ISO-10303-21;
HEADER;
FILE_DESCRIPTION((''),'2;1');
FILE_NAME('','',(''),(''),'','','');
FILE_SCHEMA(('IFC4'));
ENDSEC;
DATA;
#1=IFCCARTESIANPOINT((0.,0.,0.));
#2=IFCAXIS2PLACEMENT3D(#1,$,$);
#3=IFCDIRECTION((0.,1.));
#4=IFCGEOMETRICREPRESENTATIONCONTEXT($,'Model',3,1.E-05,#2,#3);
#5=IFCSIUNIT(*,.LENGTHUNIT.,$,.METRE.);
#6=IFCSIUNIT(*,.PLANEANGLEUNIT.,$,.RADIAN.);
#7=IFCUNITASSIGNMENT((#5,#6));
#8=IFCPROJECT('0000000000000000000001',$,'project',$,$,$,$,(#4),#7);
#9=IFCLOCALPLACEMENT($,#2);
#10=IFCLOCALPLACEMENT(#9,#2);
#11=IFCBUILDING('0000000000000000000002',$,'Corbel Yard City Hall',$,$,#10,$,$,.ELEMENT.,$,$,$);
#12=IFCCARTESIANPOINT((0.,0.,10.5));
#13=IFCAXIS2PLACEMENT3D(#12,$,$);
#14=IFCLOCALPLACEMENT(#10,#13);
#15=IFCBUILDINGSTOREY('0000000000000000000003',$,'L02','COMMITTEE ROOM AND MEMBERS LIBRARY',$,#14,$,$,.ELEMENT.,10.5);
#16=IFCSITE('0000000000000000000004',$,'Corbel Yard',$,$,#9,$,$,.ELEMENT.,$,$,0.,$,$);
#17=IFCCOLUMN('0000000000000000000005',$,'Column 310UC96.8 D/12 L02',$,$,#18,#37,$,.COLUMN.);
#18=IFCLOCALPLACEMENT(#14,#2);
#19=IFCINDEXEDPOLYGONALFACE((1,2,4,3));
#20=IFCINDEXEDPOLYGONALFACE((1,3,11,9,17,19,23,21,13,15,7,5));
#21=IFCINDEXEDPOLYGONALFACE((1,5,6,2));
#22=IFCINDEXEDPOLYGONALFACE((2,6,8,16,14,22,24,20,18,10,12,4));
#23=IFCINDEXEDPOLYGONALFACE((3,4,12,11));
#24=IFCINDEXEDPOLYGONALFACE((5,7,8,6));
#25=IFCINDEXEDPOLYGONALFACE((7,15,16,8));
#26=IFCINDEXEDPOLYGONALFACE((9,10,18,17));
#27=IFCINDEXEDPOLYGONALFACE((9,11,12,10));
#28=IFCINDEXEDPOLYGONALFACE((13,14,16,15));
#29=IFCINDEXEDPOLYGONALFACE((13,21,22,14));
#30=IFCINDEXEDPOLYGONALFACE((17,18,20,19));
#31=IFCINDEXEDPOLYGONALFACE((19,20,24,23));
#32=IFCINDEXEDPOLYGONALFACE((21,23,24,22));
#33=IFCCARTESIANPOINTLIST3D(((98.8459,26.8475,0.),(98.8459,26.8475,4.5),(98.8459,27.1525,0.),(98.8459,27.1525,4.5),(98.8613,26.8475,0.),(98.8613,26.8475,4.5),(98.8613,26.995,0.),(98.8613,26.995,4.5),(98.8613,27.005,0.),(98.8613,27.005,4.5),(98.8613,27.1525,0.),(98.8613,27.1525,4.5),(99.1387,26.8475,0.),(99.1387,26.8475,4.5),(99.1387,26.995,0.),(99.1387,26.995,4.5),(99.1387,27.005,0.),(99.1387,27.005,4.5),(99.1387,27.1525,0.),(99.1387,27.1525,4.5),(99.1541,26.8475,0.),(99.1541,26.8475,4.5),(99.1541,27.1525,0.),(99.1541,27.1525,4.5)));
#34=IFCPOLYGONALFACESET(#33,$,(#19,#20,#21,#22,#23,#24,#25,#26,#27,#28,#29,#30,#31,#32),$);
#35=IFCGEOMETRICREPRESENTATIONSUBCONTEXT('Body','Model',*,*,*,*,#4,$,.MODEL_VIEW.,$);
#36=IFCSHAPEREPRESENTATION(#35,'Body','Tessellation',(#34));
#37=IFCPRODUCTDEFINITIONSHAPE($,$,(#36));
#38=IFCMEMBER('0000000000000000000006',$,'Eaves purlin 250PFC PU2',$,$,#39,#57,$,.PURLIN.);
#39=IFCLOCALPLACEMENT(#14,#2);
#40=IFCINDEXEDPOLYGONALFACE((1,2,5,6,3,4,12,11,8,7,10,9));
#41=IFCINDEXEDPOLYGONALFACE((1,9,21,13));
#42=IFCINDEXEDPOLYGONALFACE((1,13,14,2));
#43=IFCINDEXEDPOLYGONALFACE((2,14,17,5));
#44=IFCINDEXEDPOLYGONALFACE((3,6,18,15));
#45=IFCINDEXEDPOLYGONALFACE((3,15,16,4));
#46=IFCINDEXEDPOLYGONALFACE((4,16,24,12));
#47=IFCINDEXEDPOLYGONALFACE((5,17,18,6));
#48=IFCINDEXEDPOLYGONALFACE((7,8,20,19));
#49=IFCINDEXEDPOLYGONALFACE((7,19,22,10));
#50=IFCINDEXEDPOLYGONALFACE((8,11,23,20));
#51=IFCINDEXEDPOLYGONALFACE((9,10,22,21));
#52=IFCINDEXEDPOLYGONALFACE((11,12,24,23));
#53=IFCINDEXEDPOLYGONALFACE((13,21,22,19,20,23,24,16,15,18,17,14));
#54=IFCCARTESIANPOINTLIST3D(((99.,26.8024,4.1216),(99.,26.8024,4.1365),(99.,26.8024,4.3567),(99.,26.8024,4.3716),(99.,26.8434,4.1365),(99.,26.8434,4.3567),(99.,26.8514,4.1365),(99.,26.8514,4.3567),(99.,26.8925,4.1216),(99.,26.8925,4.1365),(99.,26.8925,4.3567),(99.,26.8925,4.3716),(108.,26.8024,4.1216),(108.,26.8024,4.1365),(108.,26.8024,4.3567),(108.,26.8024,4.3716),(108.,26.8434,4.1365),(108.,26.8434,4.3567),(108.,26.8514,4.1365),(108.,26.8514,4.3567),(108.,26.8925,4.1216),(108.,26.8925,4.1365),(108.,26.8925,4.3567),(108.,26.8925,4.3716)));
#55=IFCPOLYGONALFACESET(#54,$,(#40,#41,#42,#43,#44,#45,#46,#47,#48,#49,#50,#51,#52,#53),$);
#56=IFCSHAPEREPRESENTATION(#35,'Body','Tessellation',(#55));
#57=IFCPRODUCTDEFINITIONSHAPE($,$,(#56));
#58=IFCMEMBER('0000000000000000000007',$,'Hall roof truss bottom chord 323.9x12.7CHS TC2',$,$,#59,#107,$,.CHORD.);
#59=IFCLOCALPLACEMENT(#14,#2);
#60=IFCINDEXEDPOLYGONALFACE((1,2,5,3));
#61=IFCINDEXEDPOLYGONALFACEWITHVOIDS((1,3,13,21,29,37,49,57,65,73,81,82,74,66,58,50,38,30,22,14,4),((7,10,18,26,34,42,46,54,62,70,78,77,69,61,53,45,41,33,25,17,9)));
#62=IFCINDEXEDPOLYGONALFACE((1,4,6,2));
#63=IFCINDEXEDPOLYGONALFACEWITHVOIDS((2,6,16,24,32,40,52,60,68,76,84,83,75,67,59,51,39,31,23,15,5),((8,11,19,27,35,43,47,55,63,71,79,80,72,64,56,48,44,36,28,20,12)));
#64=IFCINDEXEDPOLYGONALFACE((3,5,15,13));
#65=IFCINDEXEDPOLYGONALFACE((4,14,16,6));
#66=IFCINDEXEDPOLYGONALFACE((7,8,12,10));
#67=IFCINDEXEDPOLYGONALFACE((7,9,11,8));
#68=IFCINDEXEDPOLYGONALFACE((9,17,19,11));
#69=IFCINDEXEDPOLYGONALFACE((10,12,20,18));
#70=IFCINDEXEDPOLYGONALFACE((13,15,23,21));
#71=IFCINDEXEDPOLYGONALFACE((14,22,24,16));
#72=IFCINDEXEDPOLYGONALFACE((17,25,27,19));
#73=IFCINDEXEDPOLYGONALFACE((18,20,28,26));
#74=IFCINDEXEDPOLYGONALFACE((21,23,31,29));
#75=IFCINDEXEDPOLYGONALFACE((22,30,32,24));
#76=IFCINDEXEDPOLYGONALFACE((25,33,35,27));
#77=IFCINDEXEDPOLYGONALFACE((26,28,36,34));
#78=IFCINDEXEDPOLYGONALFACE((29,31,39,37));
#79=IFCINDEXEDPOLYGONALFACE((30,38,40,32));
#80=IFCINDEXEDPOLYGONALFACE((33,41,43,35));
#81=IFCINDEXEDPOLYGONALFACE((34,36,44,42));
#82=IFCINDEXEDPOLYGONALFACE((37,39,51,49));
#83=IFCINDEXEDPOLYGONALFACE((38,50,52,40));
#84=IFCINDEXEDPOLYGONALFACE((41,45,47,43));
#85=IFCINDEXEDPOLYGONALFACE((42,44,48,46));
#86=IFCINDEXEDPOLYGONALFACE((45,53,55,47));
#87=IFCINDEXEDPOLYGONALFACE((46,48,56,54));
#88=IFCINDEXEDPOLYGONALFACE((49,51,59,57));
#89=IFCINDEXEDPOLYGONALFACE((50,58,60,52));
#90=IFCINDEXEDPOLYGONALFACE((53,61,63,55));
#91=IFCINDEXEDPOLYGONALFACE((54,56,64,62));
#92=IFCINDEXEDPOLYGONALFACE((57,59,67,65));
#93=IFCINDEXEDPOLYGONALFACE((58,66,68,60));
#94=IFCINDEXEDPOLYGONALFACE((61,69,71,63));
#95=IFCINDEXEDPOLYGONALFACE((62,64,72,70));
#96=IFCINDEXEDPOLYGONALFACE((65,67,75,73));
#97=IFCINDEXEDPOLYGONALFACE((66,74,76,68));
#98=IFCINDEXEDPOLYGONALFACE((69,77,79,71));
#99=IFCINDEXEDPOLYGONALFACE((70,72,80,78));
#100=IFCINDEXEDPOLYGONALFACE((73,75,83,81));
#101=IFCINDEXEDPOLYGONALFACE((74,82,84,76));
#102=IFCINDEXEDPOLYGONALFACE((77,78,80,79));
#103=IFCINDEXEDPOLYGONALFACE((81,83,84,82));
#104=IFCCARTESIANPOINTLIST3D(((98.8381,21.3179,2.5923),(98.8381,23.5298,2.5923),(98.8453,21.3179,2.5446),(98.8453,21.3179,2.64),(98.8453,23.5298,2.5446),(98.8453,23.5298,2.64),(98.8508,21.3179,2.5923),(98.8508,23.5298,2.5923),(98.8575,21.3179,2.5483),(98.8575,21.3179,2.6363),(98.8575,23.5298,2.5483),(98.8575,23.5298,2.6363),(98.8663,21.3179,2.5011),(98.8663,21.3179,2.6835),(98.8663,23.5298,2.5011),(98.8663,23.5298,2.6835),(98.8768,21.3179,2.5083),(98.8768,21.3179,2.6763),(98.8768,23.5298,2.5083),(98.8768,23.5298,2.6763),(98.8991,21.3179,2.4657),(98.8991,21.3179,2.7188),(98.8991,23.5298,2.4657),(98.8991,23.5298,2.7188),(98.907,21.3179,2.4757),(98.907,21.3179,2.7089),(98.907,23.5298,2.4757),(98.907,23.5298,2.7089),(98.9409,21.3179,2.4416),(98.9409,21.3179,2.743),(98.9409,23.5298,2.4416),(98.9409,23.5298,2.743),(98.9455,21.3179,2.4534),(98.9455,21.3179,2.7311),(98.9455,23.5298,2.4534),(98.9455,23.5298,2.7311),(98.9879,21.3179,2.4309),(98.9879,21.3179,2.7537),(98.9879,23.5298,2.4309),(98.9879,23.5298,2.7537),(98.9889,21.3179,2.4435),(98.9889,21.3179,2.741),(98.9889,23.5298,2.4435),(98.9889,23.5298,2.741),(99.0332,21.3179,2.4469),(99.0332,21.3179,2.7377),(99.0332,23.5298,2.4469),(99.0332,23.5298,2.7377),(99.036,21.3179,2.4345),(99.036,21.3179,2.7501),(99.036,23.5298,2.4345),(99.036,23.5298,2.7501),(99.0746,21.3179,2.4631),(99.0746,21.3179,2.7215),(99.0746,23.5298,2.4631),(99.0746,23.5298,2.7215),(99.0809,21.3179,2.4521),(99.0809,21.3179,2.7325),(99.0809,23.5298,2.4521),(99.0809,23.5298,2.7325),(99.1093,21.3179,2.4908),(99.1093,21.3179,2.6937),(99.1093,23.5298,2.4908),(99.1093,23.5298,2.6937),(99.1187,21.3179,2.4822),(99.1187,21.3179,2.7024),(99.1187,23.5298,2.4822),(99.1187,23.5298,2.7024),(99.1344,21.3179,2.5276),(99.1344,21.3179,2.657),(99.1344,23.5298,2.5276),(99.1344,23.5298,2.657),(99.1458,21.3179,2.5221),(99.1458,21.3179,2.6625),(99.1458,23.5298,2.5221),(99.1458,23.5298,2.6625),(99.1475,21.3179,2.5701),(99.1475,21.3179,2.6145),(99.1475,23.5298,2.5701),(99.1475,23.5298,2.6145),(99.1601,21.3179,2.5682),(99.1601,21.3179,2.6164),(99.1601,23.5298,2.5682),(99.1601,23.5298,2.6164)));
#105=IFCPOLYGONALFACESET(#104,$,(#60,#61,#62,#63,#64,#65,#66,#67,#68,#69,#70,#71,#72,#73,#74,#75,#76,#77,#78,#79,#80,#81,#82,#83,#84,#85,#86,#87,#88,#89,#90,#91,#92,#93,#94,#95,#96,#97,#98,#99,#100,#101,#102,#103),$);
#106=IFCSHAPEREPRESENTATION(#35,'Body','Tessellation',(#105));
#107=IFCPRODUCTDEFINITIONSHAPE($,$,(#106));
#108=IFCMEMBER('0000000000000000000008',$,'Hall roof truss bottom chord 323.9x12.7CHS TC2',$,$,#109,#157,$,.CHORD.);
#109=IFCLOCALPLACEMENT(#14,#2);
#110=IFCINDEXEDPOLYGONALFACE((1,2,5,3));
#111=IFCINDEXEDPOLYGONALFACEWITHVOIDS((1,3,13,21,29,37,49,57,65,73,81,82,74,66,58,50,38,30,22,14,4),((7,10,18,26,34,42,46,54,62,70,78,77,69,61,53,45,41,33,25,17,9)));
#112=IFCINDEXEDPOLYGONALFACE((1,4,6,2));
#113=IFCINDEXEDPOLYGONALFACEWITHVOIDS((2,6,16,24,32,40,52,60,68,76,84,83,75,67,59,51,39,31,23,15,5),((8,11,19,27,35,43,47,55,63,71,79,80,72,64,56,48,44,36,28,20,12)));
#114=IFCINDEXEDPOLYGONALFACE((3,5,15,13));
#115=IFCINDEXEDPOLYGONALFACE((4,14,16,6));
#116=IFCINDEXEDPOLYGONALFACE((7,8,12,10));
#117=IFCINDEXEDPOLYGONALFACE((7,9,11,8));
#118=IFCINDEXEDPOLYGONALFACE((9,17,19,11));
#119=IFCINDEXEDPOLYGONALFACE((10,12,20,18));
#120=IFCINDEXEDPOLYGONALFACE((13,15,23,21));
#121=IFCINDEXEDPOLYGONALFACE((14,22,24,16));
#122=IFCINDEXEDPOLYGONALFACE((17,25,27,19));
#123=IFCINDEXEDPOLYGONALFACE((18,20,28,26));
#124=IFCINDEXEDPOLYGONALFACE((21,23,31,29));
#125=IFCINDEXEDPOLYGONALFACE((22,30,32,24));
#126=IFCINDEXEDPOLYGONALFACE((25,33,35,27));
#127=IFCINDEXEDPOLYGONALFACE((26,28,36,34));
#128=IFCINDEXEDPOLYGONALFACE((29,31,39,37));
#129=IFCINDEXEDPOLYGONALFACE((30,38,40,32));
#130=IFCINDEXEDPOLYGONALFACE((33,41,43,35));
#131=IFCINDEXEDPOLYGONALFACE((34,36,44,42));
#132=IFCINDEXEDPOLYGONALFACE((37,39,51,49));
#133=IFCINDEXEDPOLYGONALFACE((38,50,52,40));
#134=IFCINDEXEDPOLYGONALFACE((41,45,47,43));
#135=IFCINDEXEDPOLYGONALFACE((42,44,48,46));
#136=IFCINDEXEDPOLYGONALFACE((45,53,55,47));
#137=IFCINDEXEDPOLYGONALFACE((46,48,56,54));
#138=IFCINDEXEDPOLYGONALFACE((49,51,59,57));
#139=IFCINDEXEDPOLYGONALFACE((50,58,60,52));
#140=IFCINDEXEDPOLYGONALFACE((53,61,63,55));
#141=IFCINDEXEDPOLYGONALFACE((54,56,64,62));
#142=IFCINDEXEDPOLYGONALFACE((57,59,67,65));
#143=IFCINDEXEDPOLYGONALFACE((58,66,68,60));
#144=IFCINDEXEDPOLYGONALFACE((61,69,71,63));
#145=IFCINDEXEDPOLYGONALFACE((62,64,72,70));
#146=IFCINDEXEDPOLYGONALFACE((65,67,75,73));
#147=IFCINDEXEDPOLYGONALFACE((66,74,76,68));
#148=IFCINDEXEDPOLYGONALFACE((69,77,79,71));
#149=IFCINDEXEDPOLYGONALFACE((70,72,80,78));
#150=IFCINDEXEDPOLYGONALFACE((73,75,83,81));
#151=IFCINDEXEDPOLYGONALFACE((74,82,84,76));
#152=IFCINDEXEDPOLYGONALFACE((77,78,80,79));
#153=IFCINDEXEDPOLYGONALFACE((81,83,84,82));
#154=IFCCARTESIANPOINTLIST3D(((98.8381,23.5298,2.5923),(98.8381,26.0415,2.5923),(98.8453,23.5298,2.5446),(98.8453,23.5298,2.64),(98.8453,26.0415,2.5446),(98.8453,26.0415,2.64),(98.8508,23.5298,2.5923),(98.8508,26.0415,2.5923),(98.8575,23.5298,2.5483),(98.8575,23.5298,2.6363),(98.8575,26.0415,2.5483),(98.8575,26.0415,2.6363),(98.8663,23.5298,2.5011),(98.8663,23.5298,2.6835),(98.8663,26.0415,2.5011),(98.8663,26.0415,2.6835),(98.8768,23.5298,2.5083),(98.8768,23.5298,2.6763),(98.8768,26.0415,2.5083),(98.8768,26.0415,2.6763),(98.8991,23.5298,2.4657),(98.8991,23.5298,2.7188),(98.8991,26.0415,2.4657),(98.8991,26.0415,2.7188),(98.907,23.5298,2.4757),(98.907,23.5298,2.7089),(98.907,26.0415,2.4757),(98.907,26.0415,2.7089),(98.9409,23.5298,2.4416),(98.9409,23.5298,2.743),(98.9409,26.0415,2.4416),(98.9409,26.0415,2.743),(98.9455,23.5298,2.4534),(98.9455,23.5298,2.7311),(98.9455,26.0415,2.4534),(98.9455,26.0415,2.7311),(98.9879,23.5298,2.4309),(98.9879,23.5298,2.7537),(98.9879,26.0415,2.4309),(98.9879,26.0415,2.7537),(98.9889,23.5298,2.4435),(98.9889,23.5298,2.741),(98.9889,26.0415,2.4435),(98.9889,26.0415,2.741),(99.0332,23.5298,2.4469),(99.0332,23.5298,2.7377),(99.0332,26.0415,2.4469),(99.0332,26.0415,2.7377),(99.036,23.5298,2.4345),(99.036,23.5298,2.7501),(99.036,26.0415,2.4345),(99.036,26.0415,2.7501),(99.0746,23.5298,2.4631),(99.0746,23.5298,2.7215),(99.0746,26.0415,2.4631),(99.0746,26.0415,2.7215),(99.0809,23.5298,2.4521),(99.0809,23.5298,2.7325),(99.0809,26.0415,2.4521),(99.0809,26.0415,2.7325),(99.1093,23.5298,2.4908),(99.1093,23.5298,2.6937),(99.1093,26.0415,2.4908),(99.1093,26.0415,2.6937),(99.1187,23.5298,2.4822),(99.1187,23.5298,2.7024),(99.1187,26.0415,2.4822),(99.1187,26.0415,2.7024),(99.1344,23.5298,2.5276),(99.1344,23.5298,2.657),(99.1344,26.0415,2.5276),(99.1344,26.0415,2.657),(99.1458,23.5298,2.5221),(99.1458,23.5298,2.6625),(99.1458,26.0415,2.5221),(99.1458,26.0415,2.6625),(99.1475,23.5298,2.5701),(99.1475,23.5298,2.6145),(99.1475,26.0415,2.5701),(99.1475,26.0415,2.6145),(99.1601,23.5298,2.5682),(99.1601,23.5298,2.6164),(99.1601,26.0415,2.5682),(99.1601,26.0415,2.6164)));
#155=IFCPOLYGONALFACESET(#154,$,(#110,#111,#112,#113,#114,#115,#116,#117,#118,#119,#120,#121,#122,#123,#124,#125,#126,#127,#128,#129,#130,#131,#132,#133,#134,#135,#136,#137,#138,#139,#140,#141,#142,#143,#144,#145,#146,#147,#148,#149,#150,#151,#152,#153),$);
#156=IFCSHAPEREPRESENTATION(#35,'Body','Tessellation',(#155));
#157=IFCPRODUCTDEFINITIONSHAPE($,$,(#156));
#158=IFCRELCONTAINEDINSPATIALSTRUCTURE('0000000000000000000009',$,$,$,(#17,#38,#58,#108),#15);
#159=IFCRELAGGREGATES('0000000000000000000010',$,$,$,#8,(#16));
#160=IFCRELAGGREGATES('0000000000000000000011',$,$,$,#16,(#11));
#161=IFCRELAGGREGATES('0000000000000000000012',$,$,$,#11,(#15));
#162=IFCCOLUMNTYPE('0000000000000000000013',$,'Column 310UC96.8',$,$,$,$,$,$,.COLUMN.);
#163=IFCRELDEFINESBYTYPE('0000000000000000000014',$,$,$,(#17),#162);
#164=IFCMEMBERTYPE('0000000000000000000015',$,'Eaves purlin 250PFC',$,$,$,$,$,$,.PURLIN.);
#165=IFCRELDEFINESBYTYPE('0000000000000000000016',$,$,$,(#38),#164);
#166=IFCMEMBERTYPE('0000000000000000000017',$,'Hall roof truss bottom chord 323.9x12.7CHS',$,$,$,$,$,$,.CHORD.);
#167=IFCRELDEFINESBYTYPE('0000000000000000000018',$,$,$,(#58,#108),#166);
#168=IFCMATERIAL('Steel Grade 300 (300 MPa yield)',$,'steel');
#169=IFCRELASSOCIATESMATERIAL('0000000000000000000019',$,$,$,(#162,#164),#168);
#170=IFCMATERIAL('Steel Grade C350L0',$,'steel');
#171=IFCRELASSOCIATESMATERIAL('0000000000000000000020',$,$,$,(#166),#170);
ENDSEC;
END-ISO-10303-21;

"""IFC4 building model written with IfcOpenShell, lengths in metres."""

from ifc_helpers import new_model, si_unit, direction, frame, origin, origin_2d, place, context, subcontext, project, spatial, hollow_circle, i_section, extrude, material, material_profile, profile_set, type_object, element, save


model = new_model("IFC4")

# Units and contexts
model_context = context("Model", 3, precision=1e-05, world=origin(), true_north=direction((0.0, 1.0)))
body_context = subcontext(model_context, "Body", "Model", "MODEL_VIEW")
ifc_project = project(units=[si_unit("LENGTHUNIT", "METRE"), si_unit("PLANEANGLEUNIT", "RADIAN")], contexts=[model_context])

# Site, building, storey
site_placement = place(None, origin())
site = spatial("IfcSite", under=ifc_project, at=site_placement, Name="Corbel Yard", CompositionType="ELEMENT", RefElevation=0.0)
building_placement = place(site_placement, origin())
building = spatial("IfcBuilding", under=site, at=building_placement, Name="Corbel Yard City Hall", CompositionType="ELEMENT")
storey_placement = place(building_placement, frame((0.0, 0.0, 10.5)))
storey = spatial("IfcBuildingStorey", under=building, at=storey_placement, Name="L02", Description="COMMITTEE ROOM AND MEMBERS LIBRARY", CompositionType="ELEMENT", Elevation=10.5)

# Column
ifc_material_1 = material(Name="Steel Grade 300 (300 MPa yield)", Category="steel")
ifc_material_profile_1 = material_profile(ifc_material_1, i_section(OverallWidth=0.3049, OverallDepth=0.3081, WebThickness=0.01, FlangeThickness=0.0154, at=origin_2d()), Name="310UC96.8")
ifc_profile_set_1 = profile_set([ifc_material_profile_1], Name="Steel Grade 300 (300 MPa yield)")
column_type = type_object("IfcColumnType", Name="Column 310UC96.8", PredefinedType="COLUMN", material=ifc_profile_set_1)
column_placement = place(storey_placement, frame((99.0, 27.0, 0.0), z_axis=(0.0, 0.0, 1.0), x_axis=(0.0, 1.0, 0.0)))
element("IfcColumn", 1, at=column_placement, inside=storey, type_object=column_type, Name="Column 310UC96.8 D/12 L02", PredefinedType="COLUMN", context=body_context, shape_type="SweptSolid", body=[
    extrude(i_section(OverallWidth=0.3049, OverallDepth=0.3081, WebThickness=0.01, FlangeThickness=0.0154, at=origin_2d()), origin(), (0.0, 0.0, 1.0), 4.5),
])

# Members
ifc_material_profile_2 = material_profile(ifc_material_1, i_section(OverallWidth=0.0901, OverallDepth=0.25, WebThickness=0.0081, FlangeThickness=0.0149, at=origin_2d()), Name="250PFC")
ifc_profile_set_2 = profile_set([ifc_material_profile_2], Name="Steel Grade 300 (300 MPa yield)")
member_type_1 = type_object("IfcMemberType", Name="Eaves purlin 250PFC", PredefinedType="PURLIN", material=ifc_profile_set_2)
member_1_placement = place(storey_placement, frame((99.0, 26.8474, 4.2466), z_axis=(1.0, 0.0, 0.0), x_axis=(0.0, 1.0, 0.0)))
element("IfcMember", 2, at=member_1_placement, inside=storey, type_object=member_type_1, Name="Eaves purlin 250PFC PU2", PredefinedType="PURLIN", context=body_context, shape_type="SweptSolid", body=[
    extrude(i_section(OverallWidth=0.0901, OverallDepth=0.25, WebThickness=0.0081, FlangeThickness=0.0149, at=origin_2d()), origin(), (0.0, 0.0, 1.0), 9.0),
])
ifc_material_2 = material(Name="Steel Grade C350L0", Category="steel")
ifc_material_profile_3 = material_profile(ifc_material_2, hollow_circle(Radius=0.1619, WallThickness=0.0127, at=origin_2d()), Name="323.9x12.7CHS")
ifc_profile_set_3 = profile_set([ifc_material_profile_3], Name="Steel Grade C350L0")
member_type_2 = type_object("IfcMemberType", Name="Hall roof truss bottom chord 323.9x12.7CHS", PredefinedType="CHORD", material=ifc_profile_set_3)
member_2_placement = place(storey_placement, frame((99.0, 21.3179, 2.5923), z_axis=(0.0, 1.0, 0.0), x_axis=(-1.0, 0.0, 0.0)))
element("IfcMember", 3, at=member_2_placement, inside=storey, type_object=member_type_2, Name="Hall roof truss bottom chord 323.9x12.7CHS TC2", PredefinedType="CHORD", context=body_context, shape_type="SweptSolid", body=[
    extrude(hollow_circle(Radius=0.1619, WallThickness=0.0127, at=origin_2d()), origin(), (0.0, 0.0, 1.0), 2.2119),
])
member_3_placement = place(storey_placement, frame((99.0, 23.5298, 2.5923), z_axis=(0.0, 1.0, 0.0), x_axis=(-1.0, 0.0, 0.0)))
element("IfcMember", 4, at=member_3_placement, inside=storey, type_object=member_type_2, Name="Hall roof truss bottom chord 323.9x12.7CHS TC2", PredefinedType="CHORD", context=body_context, shape_type="SweptSolid", body=[
    extrude(hollow_circle(Radius=0.1619, WallThickness=0.0127, at=origin_2d()), origin(), (0.0, 0.0, 1.0), 2.5117),
])

save(model, "model.ifc")
